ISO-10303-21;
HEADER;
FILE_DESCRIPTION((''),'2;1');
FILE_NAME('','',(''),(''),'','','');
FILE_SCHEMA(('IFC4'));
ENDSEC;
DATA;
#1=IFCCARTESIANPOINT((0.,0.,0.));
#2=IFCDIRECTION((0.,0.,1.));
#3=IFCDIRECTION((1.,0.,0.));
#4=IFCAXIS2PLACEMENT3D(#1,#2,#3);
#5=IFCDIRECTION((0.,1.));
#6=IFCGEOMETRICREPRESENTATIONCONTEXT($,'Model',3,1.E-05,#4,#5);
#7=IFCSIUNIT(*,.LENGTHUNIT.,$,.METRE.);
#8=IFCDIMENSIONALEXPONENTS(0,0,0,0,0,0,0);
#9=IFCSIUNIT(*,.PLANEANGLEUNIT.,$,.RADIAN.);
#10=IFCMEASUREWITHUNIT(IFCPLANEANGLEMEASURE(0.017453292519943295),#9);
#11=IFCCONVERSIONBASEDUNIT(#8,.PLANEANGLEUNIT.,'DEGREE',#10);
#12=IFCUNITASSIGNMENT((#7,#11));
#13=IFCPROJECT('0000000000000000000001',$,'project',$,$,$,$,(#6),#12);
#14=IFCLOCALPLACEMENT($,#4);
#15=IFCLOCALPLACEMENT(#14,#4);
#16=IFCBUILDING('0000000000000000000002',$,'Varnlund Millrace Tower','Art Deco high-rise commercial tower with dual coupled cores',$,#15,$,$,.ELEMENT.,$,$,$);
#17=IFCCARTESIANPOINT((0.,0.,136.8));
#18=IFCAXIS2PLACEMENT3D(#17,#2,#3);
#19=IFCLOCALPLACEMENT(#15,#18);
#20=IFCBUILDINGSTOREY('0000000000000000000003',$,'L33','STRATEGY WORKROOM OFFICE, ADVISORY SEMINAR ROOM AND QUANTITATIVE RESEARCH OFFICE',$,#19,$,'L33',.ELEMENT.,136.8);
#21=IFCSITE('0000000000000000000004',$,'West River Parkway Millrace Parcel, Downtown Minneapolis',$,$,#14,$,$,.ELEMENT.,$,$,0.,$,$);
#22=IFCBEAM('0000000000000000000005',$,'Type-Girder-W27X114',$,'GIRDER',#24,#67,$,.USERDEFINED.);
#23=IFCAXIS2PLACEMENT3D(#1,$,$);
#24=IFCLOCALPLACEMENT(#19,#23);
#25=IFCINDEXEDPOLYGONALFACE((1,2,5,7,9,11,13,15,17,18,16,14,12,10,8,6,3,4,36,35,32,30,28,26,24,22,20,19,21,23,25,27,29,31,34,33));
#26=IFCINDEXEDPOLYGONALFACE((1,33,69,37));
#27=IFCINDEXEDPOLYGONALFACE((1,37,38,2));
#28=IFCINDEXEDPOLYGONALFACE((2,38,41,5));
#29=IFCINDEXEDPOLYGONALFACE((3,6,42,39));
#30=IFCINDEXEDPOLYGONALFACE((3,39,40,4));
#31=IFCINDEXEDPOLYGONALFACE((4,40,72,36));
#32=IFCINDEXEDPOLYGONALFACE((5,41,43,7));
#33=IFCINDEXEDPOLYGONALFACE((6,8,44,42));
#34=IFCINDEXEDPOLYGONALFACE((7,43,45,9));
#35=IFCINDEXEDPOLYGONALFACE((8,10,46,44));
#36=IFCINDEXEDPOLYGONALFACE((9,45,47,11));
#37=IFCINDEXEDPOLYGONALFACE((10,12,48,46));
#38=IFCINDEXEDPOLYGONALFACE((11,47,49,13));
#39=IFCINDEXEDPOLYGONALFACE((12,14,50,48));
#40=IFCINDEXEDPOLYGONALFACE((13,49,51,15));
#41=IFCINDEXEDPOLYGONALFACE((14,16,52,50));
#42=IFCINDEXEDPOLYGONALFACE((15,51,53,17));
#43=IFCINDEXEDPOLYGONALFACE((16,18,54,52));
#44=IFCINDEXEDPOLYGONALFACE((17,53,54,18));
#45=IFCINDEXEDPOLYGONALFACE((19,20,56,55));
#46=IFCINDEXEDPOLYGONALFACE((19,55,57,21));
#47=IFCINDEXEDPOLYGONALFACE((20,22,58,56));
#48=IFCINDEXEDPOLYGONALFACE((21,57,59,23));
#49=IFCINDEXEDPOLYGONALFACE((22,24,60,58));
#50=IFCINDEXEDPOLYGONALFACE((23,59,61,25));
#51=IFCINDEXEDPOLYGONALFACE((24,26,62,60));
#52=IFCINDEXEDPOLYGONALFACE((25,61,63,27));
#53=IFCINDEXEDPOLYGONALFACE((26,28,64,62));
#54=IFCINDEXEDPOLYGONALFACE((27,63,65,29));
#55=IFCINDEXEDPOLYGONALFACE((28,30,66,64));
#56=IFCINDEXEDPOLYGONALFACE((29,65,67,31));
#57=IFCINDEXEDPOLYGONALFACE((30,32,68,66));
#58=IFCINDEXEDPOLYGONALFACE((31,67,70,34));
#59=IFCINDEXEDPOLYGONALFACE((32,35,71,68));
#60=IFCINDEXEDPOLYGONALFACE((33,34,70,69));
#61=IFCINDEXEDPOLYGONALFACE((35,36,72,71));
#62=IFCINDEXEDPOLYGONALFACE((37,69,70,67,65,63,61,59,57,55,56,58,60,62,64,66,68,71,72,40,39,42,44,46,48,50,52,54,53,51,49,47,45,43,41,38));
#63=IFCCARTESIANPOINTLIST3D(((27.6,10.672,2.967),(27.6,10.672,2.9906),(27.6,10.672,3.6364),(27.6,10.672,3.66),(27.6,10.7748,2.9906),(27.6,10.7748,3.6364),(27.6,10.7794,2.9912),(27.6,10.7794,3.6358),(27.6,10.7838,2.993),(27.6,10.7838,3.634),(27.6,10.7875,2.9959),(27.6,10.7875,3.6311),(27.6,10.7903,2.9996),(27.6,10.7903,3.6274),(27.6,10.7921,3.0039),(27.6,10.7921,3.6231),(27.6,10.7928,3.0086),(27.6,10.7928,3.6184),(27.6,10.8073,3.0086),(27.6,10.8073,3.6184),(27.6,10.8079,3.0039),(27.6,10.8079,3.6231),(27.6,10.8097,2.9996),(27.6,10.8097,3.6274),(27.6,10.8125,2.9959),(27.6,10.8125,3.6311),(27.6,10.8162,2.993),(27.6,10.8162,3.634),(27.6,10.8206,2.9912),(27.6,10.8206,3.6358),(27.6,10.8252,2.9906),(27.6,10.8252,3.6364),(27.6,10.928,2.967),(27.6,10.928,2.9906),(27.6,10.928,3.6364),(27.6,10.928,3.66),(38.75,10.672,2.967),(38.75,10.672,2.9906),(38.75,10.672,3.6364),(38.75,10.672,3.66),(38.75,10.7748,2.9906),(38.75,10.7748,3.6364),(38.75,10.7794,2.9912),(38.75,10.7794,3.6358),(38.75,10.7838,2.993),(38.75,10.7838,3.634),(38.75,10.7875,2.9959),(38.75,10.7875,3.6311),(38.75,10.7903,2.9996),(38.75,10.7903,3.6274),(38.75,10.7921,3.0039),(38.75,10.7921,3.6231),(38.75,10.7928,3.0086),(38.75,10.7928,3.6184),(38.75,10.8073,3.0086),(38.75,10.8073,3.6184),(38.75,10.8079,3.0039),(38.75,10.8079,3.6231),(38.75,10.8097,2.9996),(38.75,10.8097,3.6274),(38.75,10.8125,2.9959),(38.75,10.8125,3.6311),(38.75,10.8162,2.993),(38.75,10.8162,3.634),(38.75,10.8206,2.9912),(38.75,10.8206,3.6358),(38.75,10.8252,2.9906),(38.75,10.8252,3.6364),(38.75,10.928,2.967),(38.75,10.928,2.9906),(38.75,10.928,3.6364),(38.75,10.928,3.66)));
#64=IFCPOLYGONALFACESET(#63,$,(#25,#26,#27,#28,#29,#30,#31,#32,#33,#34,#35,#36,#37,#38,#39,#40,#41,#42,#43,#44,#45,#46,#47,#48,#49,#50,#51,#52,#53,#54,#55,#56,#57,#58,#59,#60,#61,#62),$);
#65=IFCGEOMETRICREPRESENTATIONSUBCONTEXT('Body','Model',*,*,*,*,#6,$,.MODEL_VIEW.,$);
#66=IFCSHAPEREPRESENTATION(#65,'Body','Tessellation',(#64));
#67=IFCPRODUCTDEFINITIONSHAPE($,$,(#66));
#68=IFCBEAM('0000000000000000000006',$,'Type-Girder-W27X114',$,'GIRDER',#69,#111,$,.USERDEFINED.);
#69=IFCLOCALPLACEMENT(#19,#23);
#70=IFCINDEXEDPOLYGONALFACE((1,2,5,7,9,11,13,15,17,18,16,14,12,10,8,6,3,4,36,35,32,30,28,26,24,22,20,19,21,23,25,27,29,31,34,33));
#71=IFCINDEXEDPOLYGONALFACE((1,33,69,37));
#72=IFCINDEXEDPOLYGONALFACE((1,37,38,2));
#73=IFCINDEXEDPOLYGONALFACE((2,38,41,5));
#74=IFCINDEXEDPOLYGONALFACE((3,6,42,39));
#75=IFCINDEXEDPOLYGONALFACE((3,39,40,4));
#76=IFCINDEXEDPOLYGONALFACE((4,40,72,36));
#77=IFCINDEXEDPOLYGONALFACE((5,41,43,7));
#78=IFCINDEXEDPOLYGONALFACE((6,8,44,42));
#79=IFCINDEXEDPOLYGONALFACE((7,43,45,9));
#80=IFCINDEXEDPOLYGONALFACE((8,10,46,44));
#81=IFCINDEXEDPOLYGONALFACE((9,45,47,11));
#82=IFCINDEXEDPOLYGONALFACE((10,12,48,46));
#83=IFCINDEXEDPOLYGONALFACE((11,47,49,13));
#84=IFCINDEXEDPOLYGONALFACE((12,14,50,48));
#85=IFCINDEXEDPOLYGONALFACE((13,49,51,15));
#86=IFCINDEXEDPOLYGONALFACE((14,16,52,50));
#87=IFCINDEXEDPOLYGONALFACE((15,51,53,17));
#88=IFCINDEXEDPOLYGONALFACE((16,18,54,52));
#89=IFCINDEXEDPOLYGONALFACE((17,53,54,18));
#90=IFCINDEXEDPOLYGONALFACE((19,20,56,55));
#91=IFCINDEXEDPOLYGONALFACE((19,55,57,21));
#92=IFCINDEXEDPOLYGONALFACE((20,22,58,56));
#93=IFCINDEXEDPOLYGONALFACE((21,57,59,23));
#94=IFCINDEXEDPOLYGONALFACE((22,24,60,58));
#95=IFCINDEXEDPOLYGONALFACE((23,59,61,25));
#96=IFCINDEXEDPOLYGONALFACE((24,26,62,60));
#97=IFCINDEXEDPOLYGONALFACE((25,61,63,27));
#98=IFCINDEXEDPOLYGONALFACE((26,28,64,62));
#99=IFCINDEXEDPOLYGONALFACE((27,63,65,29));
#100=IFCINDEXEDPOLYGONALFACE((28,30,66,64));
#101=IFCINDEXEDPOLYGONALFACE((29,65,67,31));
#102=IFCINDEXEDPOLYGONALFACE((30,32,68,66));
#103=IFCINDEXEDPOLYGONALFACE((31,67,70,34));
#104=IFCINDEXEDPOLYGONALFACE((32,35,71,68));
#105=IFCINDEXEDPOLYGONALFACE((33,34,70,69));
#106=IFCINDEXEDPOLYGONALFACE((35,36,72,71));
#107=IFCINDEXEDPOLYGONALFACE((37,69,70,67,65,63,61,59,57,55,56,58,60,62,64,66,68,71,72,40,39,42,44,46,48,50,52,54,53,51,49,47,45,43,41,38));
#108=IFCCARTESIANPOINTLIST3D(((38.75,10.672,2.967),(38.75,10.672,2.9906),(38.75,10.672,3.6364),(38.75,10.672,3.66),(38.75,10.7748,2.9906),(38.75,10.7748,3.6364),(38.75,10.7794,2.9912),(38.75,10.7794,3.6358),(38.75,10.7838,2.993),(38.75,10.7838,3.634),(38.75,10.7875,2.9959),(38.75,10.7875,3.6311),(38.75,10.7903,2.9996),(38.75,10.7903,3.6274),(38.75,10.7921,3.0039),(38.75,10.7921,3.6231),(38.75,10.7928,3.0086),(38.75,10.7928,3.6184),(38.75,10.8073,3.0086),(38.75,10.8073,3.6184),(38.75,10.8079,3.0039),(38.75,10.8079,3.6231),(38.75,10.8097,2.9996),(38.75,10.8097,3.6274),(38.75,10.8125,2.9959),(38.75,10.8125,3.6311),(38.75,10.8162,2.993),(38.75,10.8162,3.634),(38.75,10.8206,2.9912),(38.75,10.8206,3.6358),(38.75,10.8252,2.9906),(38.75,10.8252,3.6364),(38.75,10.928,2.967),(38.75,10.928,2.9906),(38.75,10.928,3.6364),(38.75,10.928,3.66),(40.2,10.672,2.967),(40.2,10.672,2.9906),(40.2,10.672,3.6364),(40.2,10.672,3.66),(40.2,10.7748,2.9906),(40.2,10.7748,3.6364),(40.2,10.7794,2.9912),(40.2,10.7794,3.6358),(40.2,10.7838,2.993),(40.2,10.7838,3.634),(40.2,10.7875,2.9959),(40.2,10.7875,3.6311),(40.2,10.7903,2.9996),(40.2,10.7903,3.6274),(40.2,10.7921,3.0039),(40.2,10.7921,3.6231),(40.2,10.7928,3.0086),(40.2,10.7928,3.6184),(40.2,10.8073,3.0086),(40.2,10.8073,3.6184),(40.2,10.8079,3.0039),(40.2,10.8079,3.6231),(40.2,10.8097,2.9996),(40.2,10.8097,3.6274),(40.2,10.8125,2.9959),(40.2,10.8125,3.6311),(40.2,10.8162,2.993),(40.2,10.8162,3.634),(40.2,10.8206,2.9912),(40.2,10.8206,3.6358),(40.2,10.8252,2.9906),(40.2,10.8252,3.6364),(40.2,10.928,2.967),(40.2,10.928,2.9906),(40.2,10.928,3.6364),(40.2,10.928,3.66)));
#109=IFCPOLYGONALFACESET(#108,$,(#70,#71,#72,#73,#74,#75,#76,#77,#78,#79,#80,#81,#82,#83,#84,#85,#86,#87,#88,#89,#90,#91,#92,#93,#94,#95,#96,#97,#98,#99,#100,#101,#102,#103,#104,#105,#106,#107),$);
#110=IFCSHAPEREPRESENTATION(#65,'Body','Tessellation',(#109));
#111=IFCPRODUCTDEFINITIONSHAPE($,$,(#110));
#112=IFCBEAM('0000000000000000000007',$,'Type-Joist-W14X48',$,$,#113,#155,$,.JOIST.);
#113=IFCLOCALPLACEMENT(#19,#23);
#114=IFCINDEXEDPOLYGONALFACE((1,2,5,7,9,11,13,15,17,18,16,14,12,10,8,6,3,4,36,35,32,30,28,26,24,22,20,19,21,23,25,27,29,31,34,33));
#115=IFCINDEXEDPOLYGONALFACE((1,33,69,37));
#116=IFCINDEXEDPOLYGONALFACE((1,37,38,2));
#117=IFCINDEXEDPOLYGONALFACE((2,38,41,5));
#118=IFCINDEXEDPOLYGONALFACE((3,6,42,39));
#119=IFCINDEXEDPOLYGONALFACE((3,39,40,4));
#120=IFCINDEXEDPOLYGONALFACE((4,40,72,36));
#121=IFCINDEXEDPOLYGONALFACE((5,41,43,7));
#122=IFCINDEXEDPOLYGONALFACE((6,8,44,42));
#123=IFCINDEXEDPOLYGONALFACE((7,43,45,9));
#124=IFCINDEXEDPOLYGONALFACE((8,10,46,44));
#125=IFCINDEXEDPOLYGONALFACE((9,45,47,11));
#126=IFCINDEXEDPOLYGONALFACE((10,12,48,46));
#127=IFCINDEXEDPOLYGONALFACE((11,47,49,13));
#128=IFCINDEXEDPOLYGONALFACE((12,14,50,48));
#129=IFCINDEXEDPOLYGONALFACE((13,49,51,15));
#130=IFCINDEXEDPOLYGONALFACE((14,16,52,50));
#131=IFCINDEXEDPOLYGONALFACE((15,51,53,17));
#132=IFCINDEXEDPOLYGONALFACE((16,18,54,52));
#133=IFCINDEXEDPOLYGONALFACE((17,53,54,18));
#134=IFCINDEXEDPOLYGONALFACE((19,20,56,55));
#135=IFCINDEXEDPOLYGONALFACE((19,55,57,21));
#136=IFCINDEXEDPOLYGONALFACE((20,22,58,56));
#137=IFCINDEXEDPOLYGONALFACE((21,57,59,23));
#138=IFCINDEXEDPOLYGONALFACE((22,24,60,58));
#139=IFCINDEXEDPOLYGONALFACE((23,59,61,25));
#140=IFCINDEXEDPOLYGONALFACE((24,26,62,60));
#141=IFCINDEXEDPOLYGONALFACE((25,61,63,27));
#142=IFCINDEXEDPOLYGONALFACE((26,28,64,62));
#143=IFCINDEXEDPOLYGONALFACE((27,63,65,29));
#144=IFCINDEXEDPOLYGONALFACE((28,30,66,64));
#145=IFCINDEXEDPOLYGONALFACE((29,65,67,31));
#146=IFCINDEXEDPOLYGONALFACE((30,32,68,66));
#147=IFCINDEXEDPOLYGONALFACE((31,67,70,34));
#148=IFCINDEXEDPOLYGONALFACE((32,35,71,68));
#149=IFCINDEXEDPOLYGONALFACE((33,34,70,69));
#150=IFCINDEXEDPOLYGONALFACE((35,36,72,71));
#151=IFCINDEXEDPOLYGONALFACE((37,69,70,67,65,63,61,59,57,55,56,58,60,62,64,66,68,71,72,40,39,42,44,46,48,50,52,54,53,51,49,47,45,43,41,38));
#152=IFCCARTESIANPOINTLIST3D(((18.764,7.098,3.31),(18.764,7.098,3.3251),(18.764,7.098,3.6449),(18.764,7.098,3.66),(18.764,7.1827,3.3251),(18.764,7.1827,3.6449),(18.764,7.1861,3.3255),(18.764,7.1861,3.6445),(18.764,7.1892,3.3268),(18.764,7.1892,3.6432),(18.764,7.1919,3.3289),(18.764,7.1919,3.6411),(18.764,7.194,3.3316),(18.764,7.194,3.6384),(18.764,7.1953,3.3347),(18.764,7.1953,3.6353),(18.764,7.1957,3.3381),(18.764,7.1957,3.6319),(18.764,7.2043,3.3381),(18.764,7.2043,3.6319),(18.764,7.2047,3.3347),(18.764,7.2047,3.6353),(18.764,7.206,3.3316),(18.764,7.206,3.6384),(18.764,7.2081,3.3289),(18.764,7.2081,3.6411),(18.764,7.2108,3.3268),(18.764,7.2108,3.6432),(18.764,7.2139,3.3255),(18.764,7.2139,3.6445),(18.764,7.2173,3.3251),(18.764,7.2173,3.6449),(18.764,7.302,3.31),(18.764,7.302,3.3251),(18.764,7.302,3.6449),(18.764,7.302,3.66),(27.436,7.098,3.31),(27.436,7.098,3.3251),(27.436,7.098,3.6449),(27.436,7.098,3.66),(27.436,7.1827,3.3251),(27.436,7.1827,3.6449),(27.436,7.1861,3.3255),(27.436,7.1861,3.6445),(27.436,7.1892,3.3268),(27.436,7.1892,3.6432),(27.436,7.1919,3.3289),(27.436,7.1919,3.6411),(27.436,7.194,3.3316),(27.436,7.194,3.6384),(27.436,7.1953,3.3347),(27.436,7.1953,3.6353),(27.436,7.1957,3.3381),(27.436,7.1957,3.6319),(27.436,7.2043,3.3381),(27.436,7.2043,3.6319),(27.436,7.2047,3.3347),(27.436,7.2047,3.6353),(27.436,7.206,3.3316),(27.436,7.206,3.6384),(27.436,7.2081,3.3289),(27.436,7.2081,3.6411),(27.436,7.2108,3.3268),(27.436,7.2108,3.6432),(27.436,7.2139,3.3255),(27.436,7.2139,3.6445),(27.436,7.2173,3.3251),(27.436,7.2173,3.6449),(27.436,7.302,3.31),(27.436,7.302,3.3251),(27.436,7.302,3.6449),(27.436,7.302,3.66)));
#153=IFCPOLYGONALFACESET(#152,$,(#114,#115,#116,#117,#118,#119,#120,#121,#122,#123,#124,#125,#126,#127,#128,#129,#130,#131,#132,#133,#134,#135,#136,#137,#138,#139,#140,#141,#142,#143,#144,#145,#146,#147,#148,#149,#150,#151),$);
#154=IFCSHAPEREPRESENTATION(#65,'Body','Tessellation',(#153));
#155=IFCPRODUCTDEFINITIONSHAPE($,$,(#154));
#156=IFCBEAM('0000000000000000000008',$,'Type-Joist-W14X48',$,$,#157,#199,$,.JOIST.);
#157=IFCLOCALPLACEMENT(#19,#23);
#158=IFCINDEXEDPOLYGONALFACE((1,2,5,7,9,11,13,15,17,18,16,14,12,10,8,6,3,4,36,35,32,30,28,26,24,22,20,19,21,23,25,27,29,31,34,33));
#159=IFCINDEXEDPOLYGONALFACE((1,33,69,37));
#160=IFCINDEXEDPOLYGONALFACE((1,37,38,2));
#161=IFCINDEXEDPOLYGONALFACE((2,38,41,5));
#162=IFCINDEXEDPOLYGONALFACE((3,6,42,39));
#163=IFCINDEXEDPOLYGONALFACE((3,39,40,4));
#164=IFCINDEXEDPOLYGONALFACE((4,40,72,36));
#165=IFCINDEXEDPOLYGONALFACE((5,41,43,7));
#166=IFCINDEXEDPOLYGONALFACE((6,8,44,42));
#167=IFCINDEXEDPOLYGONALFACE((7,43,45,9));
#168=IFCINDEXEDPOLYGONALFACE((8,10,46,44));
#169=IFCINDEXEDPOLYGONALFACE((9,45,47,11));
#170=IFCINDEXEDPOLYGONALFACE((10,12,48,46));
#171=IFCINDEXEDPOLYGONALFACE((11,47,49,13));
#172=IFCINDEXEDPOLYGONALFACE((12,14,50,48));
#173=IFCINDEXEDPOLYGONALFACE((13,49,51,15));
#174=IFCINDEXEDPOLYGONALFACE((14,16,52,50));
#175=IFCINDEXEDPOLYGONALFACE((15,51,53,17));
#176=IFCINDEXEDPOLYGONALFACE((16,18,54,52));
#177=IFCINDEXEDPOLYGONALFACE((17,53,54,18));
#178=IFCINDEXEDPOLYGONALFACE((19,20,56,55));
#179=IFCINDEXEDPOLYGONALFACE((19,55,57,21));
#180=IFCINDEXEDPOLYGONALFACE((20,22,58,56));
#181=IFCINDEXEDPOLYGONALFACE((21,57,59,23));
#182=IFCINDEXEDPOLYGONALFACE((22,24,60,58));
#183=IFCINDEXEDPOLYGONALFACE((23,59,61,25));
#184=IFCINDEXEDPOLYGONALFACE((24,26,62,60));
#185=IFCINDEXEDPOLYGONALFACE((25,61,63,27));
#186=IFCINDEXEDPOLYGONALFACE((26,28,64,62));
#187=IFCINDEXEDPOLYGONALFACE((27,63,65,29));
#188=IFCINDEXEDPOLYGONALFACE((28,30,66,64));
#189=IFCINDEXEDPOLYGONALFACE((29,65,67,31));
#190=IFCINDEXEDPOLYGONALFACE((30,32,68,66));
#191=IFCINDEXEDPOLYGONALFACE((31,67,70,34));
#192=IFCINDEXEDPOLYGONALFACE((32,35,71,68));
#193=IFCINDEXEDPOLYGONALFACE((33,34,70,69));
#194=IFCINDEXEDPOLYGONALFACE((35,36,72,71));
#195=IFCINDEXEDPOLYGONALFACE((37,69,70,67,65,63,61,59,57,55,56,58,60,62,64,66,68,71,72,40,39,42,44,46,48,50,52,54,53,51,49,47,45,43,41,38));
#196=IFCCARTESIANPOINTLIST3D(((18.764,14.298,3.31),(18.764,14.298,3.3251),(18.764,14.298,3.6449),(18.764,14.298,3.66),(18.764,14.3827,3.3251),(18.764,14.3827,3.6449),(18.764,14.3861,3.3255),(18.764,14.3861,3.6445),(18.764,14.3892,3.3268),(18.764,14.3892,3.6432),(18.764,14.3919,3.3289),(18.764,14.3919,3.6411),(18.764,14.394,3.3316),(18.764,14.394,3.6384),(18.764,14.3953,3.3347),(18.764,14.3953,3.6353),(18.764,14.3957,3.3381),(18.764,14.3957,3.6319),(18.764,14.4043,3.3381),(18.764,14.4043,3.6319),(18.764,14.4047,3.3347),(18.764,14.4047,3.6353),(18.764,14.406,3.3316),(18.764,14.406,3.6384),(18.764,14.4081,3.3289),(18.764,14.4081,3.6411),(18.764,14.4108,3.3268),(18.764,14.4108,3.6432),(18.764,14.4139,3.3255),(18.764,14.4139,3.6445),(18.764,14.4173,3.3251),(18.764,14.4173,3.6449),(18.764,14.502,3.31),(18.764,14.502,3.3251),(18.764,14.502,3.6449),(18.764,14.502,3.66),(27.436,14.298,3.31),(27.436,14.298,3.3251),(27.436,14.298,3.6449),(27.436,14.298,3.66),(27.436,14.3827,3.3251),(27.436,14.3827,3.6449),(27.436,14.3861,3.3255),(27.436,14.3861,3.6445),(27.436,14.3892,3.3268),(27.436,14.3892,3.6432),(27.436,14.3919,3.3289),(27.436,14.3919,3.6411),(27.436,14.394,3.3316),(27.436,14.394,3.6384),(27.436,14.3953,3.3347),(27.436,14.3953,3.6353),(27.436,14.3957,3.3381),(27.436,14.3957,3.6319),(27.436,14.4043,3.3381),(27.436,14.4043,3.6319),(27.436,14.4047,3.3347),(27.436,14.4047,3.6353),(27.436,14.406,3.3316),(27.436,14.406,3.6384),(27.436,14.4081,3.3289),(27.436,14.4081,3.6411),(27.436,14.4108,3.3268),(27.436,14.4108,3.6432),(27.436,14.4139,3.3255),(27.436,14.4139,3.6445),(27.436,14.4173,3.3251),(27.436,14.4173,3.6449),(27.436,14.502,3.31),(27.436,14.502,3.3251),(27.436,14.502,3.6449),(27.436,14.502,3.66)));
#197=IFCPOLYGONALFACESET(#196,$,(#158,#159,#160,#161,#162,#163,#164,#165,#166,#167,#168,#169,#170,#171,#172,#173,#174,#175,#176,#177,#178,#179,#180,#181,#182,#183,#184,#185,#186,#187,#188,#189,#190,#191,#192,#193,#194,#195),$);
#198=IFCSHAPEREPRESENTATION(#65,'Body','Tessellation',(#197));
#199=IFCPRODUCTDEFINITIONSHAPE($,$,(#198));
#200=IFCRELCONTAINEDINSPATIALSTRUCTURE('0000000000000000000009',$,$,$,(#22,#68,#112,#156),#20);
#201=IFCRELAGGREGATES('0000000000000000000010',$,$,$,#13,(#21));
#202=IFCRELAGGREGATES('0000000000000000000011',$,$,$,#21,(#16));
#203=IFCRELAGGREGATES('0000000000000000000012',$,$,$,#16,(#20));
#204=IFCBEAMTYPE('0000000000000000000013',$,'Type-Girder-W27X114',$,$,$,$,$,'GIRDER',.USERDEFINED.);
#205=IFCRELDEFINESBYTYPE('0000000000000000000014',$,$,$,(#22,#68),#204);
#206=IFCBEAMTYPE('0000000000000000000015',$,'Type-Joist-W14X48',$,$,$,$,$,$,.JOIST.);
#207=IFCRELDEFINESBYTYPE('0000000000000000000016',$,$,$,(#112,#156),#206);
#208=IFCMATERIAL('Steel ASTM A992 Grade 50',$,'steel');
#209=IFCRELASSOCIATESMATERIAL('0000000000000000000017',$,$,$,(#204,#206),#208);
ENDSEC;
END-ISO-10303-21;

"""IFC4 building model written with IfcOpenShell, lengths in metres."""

from ifc_helpers import new_model, entity, si_unit, converted_unit, direction, frame, origin_with_axes, origin_2d_with_axis, place, context, subcontext, project, spatial, i_section, extrude, material, material_profile, profile_set, type_object, element, save


model = new_model("IFC4")

# Units and contexts
model_context = context("Model", 3, precision=1e-05, world=origin_with_axes(), true_north=direction((0.0, 1.0)))
body_context = subcontext(model_context, "Body", "Model", "MODEL_VIEW")
ifc_project = project(units=[si_unit("LENGTHUNIT", "METRE"), converted_unit("PLANEANGLEUNIT", "DEGREE", entity("IfcPlaneAngleMeasure", 0.017453292519943295), si_unit("PLANEANGLEUNIT", "RADIAN"), dimensions=[0, 0, 0, 0, 0, 0, 0])], contexts=[model_context])

# Site, building, storey
site_placement = place(None, origin_with_axes())
site = spatial("IfcSite", under=ifc_project, at=site_placement, Name="West River Parkway Millrace Parcel, Downtown Minneapolis", CompositionType="ELEMENT", RefElevation=0.0)
building_placement = place(site_placement, origin_with_axes())
building = spatial("IfcBuilding", under=site, at=building_placement, Name="Varnlund Millrace Tower", Description="Art Deco high-rise commercial tower with dual coupled cores", CompositionType="ELEMENT")
storey_placement = place(building_placement, frame((0.0, 0.0, 136.8), z_axis=(0.0, 0.0, 1.0), x_axis=(1.0, 0.0, 0.0)))
storey = spatial("IfcBuildingStorey", under=building, at=storey_placement, Name="L33", Description="STRATEGY WORKROOM OFFICE, ADVISORY SEMINAR ROOM AND QUANTITATIVE RESEARCH OFFICE", LongName="L33", CompositionType="ELEMENT", Elevation=136.8)

# Beams
ifc_material_1 = material(Name="Steel ASTM A992 Grade 50", Category="steel")
ifc_material_profile_1 = material_profile(ifc_material_1, i_section(OverallWidth=0.256, OverallDepth=0.693, WebThickness=0.0145, FlangeThickness=0.0236, FilletRadius=0.018, at=origin_2d_with_axis()), Name="Steel ASTM A992 Grade 50")
ifc_profile_set_1 = profile_set([ifc_material_profile_1], Name="Steel ASTM A992 Grade 50")
beam_type_1 = type_object("IfcBeamType", Name="Type-Girder-W27X114", ElementType="GIRDER", PredefinedType="USERDEFINED", material=ifc_profile_set_1)
beam_1_placement = place(storey_placement, frame((27.6, 10.8, 3.3135), z_axis=(1.0, 0.0, 0.0), x_axis=(0.0, 1.0, 0.0)))
element("IfcBeam", 1, at=beam_1_placement, inside=storey, type_object=beam_type_1, Name="Type-Girder-W27X114", ObjectType="GIRDER", PredefinedType="USERDEFINED", context=body_context, shape_type="SweptSolid", body=[
    extrude(i_section(OverallWidth=0.256, OverallDepth=0.693, WebThickness=0.0145, FlangeThickness=0.0236, FilletRadius=0.018, at=origin_2d_with_axis()), origin_with_axes(), (0.0, 0.0, 1.0), 11.15),
])
beam_2_placement = place(storey_placement, frame((38.75, 10.8, 3.3135), z_axis=(1.0, 0.0, 0.0), x_axis=(0.0, 1.0, 0.0)))
element("IfcBeam", 2, at=beam_2_placement, inside=storey, type_object=beam_type_1, Name="Type-Girder-W27X114", ObjectType="GIRDER", PredefinedType="USERDEFINED", context=body_context, shape_type="SweptSolid", body=[
    extrude(i_section(OverallWidth=0.256, OverallDepth=0.693, WebThickness=0.0145, FlangeThickness=0.0236, FilletRadius=0.018, at=origin_2d_with_axis()), origin_with_axes(), (0.0, 0.0, 1.0), 1.45),
])
ifc_material_profile_2 = material_profile(ifc_material_1, i_section(OverallWidth=0.204, OverallDepth=0.35, WebThickness=0.0086, FlangeThickness=0.0151, FilletRadius=0.013, at=origin_2d_with_axis()), Name="Steel ASTM A992 Grade 50")
ifc_profile_set_2 = profile_set([ifc_material_profile_2], Name="Steel ASTM A992 Grade 50")
beam_type_2 = type_object("IfcBeamType", Name="Type-Joist-W14X48", PredefinedType="JOIST", material=ifc_profile_set_2)
for number, where, z_axis, x_axis, name in (
    (3, (18.764, 7.2, 3.485), (1.0, 0.0, 0.0), (0.0, 1.0, 0.0), "Type-Joist-W14X48"),
    (4, (18.764, 14.4, 3.485), (1.0, 0.0, 0.0), (0.0, 1.0, 0.0), "Type-Joist-W14X48"),
):
    element("IfcBeam", number, at=place(storey_placement, frame(where, z_axis=z_axis, x_axis=x_axis)), inside=storey, type_object=beam_type_2, Name=name, PredefinedType="JOIST", context=body_context, shape_type="SweptSolid", body=[
        extrude(i_section(OverallWidth=0.204, OverallDepth=0.35, WebThickness=0.0086, FlangeThickness=0.0151, FilletRadius=0.013, at=origin_2d_with_axis()), origin_with_axes(), (0.0, 0.0, 1.0), 8.672),
    ])

save(model, "model.ifc")
